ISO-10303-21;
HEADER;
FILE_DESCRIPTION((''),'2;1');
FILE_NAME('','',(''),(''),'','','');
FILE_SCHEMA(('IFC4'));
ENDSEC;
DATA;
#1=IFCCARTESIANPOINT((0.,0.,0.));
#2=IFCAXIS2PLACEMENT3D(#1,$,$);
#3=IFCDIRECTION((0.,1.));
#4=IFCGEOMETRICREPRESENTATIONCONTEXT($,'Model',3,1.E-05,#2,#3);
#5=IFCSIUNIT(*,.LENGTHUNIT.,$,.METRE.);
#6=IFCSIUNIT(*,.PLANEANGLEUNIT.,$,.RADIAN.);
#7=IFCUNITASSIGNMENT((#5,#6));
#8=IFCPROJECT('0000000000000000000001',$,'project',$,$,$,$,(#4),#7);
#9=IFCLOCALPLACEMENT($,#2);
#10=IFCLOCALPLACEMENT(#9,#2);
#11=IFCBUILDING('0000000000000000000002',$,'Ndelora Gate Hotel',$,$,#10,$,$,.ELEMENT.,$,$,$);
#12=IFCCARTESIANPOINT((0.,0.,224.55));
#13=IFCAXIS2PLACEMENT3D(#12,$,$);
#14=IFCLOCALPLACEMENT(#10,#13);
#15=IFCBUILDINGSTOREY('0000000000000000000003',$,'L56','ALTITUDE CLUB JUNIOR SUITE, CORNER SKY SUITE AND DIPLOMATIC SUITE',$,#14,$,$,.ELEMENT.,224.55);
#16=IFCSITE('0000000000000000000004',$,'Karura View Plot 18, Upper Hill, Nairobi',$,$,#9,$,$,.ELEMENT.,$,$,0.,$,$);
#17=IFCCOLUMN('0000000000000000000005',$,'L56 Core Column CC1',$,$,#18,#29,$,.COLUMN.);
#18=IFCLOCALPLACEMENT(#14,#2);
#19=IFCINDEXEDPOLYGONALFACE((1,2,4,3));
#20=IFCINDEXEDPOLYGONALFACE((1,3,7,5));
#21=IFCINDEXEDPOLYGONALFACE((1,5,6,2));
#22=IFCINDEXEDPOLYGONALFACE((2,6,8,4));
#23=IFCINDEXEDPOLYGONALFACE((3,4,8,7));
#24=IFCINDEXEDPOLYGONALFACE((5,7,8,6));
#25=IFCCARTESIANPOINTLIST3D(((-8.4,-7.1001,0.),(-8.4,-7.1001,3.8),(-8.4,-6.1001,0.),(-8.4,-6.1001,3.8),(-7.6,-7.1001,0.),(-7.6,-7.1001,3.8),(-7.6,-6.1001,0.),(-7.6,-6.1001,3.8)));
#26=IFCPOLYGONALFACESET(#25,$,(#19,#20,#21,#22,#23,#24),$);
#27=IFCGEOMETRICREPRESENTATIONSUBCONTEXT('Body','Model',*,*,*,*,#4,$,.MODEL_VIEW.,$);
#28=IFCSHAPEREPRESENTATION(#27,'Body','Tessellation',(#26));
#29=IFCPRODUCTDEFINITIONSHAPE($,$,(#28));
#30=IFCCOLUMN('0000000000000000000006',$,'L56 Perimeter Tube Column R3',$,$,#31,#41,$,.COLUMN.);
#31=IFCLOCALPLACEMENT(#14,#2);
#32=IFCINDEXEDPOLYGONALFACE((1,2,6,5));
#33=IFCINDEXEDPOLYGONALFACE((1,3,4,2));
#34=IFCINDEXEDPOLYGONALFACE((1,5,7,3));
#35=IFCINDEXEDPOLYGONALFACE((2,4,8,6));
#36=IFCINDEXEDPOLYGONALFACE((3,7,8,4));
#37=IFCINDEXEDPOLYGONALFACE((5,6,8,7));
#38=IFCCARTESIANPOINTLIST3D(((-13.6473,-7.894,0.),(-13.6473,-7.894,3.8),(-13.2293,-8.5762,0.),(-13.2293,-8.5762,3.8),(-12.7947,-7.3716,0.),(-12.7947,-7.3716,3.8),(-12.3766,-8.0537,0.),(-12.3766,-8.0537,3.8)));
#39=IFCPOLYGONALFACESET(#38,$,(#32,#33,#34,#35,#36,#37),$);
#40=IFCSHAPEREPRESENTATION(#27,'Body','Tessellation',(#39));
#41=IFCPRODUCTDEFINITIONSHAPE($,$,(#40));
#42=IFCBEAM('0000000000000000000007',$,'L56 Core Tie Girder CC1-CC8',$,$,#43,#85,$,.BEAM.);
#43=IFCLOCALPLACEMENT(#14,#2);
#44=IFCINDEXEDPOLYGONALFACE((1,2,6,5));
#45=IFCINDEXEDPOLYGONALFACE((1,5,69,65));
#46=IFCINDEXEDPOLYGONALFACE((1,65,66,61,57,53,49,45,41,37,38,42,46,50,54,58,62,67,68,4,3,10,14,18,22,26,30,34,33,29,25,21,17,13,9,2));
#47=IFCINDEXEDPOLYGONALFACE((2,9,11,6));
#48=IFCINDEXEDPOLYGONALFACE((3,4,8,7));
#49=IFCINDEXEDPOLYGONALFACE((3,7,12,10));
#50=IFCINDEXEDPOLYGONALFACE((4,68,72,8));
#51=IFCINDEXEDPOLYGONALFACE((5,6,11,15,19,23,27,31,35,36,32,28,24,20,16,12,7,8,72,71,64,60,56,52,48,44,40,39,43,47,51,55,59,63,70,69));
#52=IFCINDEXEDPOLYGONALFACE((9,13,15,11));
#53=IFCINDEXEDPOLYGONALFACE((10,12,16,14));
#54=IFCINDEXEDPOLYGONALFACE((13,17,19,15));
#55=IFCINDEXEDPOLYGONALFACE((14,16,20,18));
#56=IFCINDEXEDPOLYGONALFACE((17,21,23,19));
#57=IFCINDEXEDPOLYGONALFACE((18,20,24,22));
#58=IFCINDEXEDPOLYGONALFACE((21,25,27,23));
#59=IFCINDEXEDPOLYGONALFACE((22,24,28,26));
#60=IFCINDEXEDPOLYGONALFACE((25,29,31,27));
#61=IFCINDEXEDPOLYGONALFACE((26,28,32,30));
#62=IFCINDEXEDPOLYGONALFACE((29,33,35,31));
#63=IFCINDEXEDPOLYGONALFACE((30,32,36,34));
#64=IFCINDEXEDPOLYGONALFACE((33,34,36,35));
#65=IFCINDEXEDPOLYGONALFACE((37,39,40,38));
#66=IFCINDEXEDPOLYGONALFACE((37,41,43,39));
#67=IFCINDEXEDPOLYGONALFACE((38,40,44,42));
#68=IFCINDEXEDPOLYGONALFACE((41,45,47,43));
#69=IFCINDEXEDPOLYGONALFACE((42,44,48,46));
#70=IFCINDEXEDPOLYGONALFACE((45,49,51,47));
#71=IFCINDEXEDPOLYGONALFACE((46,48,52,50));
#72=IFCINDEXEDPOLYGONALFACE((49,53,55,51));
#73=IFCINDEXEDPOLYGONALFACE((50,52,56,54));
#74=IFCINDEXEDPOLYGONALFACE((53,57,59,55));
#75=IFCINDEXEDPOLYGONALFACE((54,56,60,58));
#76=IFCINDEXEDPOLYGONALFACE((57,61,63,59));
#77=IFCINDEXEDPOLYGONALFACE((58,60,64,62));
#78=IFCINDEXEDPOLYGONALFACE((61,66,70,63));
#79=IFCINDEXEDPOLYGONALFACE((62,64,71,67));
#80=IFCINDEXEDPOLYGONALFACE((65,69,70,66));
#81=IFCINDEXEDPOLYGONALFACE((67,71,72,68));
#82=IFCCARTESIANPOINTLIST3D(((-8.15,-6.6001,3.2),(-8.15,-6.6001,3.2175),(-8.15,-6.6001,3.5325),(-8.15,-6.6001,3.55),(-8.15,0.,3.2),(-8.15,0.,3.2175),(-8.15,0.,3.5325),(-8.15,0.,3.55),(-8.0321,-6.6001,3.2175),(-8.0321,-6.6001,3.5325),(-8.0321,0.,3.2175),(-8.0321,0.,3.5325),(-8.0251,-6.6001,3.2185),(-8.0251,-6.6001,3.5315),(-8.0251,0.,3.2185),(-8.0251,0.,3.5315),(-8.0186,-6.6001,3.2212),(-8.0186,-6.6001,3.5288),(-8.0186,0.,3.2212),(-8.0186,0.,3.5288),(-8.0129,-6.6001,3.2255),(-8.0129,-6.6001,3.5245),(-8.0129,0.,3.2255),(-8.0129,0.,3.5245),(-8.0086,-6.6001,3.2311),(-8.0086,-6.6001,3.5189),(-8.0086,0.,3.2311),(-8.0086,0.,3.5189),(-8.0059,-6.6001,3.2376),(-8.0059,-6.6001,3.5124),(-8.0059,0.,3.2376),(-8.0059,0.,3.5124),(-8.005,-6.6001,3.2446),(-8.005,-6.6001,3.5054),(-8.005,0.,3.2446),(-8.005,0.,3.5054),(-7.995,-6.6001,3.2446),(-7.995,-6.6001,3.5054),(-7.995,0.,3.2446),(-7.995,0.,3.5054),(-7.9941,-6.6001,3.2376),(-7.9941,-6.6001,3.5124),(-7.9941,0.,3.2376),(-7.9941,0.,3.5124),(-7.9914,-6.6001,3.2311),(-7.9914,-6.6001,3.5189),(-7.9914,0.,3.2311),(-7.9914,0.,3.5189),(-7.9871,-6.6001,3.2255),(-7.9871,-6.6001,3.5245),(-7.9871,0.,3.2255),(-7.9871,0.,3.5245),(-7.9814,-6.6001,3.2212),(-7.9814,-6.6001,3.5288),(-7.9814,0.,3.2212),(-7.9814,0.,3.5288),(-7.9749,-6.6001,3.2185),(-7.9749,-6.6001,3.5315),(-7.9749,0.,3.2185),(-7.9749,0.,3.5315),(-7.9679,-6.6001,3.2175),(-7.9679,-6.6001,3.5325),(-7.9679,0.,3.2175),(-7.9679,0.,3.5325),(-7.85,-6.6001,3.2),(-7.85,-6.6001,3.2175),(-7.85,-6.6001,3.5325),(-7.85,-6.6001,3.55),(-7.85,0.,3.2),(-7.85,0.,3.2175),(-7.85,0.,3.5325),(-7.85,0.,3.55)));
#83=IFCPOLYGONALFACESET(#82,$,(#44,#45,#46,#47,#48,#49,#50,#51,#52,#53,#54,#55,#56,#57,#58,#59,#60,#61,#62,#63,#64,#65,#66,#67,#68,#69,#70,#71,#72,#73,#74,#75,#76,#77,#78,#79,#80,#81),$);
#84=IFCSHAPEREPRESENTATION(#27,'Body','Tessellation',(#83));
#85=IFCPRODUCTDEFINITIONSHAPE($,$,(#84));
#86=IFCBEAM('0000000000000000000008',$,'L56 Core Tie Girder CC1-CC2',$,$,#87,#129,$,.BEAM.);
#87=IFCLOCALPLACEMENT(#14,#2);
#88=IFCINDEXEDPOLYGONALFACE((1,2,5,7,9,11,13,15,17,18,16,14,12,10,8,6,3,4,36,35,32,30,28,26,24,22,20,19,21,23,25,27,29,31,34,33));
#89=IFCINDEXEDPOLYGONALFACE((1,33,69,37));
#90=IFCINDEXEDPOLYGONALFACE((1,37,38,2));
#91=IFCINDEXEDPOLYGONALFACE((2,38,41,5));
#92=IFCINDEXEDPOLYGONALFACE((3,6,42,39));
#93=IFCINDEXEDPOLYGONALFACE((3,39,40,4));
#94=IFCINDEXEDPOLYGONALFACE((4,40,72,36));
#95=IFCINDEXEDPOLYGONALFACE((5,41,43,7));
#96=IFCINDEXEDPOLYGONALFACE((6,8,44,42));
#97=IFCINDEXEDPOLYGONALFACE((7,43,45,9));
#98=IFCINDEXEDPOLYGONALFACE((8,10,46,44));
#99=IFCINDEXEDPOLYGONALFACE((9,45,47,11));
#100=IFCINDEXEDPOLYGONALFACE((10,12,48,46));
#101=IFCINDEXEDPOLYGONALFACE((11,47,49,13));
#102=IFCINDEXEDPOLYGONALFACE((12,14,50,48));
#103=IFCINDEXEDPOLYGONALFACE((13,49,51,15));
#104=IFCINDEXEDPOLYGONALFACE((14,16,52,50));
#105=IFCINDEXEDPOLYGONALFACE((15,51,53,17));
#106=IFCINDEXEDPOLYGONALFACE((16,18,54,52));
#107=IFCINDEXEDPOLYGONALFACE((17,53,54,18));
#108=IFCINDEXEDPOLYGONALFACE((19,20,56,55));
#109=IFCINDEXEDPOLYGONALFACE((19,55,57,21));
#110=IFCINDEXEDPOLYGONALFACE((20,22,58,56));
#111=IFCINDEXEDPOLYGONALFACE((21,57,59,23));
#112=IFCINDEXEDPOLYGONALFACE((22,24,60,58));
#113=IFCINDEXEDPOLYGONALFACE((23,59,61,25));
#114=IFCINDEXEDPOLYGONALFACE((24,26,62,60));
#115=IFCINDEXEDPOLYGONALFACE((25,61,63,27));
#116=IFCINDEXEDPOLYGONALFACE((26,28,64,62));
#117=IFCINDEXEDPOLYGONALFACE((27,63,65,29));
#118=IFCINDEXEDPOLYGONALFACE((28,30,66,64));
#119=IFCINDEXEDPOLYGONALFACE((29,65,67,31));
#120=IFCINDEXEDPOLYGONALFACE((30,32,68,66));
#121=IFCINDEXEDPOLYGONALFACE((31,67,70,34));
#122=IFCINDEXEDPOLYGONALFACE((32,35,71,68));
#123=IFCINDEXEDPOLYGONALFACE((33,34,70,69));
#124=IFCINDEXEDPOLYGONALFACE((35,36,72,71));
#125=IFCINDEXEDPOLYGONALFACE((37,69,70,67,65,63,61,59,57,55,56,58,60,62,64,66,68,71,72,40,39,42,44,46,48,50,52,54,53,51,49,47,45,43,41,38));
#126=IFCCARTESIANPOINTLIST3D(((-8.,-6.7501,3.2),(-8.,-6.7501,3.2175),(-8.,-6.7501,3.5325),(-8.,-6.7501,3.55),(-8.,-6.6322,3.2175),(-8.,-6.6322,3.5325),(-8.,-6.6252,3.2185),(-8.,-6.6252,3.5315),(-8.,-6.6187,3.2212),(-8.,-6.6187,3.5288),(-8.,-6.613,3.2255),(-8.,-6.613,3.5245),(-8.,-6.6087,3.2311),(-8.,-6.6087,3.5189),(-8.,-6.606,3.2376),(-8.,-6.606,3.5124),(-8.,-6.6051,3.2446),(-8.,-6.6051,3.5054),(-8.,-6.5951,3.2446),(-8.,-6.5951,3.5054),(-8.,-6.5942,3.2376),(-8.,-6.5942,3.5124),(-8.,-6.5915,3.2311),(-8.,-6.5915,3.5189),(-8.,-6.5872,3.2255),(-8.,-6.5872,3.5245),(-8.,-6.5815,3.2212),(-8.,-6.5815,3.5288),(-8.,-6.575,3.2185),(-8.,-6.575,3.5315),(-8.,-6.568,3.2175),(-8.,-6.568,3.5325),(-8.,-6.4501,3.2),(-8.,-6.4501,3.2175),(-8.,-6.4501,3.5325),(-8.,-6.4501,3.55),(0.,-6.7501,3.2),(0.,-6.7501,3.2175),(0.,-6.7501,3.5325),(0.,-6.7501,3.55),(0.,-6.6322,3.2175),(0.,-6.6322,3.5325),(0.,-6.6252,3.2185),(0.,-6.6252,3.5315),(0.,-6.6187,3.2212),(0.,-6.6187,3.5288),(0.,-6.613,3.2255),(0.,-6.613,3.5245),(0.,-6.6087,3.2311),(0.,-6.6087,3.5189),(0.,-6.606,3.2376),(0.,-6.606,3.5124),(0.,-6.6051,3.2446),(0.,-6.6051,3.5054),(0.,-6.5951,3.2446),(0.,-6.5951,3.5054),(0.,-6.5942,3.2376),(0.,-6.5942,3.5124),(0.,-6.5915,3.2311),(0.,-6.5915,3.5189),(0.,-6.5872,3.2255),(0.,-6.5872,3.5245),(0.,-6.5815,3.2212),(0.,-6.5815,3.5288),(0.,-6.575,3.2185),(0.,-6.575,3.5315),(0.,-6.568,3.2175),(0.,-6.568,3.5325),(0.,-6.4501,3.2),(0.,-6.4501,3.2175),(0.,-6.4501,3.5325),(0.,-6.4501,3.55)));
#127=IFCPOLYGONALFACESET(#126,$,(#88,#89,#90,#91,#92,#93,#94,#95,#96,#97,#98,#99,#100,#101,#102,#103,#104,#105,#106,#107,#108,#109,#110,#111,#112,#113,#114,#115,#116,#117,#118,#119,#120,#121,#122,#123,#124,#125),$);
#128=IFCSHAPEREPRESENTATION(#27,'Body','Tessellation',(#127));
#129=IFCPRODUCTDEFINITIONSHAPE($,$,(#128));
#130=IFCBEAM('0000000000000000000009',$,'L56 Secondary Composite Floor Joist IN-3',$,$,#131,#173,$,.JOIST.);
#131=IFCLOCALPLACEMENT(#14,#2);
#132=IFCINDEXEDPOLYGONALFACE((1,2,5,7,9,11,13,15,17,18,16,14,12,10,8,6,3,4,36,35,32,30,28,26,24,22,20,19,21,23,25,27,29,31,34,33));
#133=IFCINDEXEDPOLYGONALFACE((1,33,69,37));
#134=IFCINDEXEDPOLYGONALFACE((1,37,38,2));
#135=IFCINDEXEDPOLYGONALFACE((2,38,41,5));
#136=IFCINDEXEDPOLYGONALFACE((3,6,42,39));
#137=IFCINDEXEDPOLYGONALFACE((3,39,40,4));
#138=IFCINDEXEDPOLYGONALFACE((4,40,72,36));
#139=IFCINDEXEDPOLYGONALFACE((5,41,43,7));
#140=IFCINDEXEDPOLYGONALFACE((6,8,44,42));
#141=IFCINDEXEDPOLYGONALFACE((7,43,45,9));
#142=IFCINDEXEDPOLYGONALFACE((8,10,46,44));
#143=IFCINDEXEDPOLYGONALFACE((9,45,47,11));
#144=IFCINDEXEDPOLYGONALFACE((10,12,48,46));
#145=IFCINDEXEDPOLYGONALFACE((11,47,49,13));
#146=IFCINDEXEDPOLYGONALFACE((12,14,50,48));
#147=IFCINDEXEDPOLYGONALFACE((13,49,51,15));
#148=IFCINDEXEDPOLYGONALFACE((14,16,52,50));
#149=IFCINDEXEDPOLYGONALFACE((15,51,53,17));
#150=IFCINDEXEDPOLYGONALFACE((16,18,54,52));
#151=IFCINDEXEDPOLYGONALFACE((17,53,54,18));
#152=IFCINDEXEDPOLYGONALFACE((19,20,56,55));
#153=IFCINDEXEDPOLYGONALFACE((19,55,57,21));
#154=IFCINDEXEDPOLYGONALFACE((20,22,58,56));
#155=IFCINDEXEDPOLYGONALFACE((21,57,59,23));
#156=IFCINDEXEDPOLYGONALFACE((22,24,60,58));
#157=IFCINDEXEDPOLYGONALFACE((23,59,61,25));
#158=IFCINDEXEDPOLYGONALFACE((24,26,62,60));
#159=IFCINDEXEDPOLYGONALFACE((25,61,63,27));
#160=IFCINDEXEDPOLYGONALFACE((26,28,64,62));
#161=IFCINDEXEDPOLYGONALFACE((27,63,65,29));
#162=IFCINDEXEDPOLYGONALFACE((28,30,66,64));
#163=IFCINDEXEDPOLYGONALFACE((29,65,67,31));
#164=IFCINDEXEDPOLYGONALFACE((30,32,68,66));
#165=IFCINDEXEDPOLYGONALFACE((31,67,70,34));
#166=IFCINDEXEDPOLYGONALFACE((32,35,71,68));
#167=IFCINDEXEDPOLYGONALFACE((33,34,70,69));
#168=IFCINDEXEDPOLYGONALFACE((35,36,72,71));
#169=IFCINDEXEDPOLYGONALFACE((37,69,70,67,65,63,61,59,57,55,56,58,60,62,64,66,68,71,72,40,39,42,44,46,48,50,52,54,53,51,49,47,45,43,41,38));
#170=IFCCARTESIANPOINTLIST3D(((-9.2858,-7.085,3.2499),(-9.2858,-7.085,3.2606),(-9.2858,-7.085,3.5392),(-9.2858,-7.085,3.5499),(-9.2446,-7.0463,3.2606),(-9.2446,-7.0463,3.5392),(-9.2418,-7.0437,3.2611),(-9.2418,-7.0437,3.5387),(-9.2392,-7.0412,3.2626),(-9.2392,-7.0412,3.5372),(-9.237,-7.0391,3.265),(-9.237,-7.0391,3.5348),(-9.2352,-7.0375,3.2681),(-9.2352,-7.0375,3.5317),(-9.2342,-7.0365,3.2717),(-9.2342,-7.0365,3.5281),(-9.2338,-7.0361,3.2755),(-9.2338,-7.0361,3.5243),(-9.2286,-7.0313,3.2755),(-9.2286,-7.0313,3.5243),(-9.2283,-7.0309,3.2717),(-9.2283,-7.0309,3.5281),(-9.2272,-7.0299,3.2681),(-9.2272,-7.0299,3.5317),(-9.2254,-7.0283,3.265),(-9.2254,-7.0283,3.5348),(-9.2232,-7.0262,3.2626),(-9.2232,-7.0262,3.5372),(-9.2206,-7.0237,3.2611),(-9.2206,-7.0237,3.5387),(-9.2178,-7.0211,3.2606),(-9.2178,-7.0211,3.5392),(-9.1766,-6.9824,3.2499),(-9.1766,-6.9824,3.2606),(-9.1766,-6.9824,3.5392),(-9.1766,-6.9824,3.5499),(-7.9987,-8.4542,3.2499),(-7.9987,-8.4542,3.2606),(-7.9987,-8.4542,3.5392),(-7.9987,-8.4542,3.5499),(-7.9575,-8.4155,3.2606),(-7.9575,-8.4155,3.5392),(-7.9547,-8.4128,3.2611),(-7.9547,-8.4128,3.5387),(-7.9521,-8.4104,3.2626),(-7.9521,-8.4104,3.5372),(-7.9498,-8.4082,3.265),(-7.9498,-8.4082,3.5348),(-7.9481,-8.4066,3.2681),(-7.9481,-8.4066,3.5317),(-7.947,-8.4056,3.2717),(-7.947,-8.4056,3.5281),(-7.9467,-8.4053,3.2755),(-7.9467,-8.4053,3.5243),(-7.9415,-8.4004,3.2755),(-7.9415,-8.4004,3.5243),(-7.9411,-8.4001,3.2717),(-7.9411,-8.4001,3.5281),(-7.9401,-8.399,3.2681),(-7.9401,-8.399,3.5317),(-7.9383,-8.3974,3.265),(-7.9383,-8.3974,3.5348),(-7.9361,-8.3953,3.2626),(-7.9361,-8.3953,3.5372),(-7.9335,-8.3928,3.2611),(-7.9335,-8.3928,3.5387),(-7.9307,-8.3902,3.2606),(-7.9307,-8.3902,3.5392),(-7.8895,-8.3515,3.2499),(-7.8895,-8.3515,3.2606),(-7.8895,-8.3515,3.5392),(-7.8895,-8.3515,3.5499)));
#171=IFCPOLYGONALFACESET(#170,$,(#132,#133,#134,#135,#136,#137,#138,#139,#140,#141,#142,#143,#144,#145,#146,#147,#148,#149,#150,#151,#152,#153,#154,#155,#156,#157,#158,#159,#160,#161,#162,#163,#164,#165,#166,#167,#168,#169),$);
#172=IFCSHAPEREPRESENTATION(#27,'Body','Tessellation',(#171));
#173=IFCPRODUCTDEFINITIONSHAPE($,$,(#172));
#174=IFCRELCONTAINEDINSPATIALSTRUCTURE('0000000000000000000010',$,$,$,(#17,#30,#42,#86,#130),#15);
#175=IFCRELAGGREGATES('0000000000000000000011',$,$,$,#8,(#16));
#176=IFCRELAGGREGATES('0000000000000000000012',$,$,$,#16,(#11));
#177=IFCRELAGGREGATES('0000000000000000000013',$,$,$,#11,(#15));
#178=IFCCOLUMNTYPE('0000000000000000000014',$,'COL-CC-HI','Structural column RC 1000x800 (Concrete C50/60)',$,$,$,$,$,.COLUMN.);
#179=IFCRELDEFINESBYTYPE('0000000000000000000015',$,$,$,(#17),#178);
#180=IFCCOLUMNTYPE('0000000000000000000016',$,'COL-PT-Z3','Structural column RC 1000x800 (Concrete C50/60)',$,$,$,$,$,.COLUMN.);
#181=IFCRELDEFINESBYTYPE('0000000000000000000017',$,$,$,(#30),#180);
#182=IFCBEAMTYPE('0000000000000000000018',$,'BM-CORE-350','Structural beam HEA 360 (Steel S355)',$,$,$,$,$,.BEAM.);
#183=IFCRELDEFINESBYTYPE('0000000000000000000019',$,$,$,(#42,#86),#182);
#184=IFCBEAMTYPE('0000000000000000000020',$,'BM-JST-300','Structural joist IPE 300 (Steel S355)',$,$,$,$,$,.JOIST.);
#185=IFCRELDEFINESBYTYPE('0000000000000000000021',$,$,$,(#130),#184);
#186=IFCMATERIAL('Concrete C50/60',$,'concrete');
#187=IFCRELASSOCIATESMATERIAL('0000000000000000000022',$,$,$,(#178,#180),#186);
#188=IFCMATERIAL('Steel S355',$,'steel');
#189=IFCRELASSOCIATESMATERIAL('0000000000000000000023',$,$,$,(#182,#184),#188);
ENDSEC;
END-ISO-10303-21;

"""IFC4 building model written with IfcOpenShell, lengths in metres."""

from ifc_helpers import new_model, si_unit, direction, frame, origin, origin_2d, place, context, subcontext, project, spatial, rectangle, i_section, extrude, material, material_profile, profile_set, type_object, element, save


model = new_model("IFC4")

# Units and contexts
model_context = context("Model", 3, precision=1e-05, world=origin(), true_north=direction((0.0, 1.0)))
body_context = subcontext(model_context, "Body", "Model", "MODEL_VIEW")
ifc_project = project(units=[si_unit("LENGTHUNIT", "METRE"), si_unit("PLANEANGLEUNIT", "RADIAN")], contexts=[model_context])

# Site, building, storey
site_placement = place(None, origin())
site = spatial("IfcSite", under=ifc_project, at=site_placement, Name="Karura View Plot 18, Upper Hill, Nairobi", CompositionType="ELEMENT", RefElevation=0.0)
building_placement = place(site_placement, origin())
building = spatial("IfcBuilding", under=site, at=building_placement, Name="Ndelora Gate Hotel", CompositionType="ELEMENT")
storey_placement = place(building_placement, frame((0.0, 0.0, 224.55)))
storey = spatial("IfcBuildingStorey", under=building, at=storey_placement, Name="L56", Description="ALTITUDE CLUB JUNIOR SUITE, CORNER SKY SUITE AND DIPLOMATIC SUITE", CompositionType="ELEMENT", Elevation=224.55)

# Columns
ifc_material_1 = material(Name="Concrete C50/60", Category="concrete")
ifc_material_profile_1 = material_profile(ifc_material_1, rectangle(XDim=0.8, YDim=1.0, at=origin_2d()), Name="RC 1000x800")
ifc_profile_set_1 = profile_set([ifc_material_profile_1], Name="Concrete C50/60")
column_type_1 = type_object("IfcColumnType", Name="COL-CC-HI", Description="Structural column RC 1000x800 (Concrete C50/60)", PredefinedType="COLUMN", material=ifc_profile_set_1)
column_1_placement = place(storey_placement, frame((-8.0, -6.6001, 0.0), z_axis=(0.0, 0.0, 1.0), x_axis=(1.0, 0.0, 0.0)))
element("IfcColumn", 1, at=column_1_placement, inside=storey, type_object=column_type_1, Name="L56 Core Column CC1", PredefinedType="COLUMN", context=body_context, shape_type="SweptSolid", body=[
    extrude(rectangle(XDim=0.8, YDim=1.0, at=origin_2d()), origin(), (0.0, 0.0, 1.0), 3.8),
])
ifc_material_profile_2 = material_profile(ifc_material_1, rectangle(XDim=0.8, YDim=1.0, at=origin_2d()), Name="RC 1000x800")
ifc_profile_set_2 = profile_set([ifc_material_profile_2], Name="Concrete C50/60")
column_type_2 = type_object("IfcColumnType", Name="COL-PT-Z3", Description="Structural column RC 1000x800 (Concrete C50/60)", PredefinedType="COLUMN", material=ifc_profile_set_2)
column_2_placement = place(storey_placement, frame((-13.012, -7.9739, 0.0), z_axis=(0.0, 0.0, 1.0), x_axis=(-0.522499, 0.85264, 0.0)))
element("IfcColumn", 2, at=column_2_placement, inside=storey, type_object=column_type_2, Name="L56 Perimeter Tube Column R3", PredefinedType="COLUMN", context=body_context, shape_type="SweptSolid", body=[
    extrude(rectangle(XDim=0.8, YDim=1.0, at=origin_2d()), origin(), (0.0, 0.0, 1.0), 3.8),
])

# Beams
ifc_material_2 = material(Name="Steel S355", Category="steel")
ifc_material_profile_3 = material_profile(ifc_material_2, i_section(OverallWidth=0.3, OverallDepth=0.3501, WebThickness=0.01, FlangeThickness=0.0176, FilletRadius=0.0271, at=origin_2d()), Name="HEA 360")
ifc_profile_set_3 = profile_set([ifc_material_profile_3], Name="Steel S355")
beam_type_1 = type_object("IfcBeamType", Name="BM-CORE-350", Description="Structural beam HEA 360 (Steel S355)", PredefinedType="BEAM", material=ifc_profile_set_3)
beam_1_placement = place(storey_placement, frame((-8.0, -6.6001, 3.375), z_axis=(0.0, 1.0, 0.0), x_axis=(-1.0, 0.0, 0.0)))
element("IfcBeam", 3, at=beam_1_placement, inside=storey, type_object=beam_type_1, Name="L56 Core Tie Girder CC1-CC8", PredefinedType="BEAM", context=body_context, shape_type="SweptSolid", body=[
    extrude(i_section(OverallWidth=0.3, OverallDepth=0.3501, WebThickness=0.01, FlangeThickness=0.0176, FilletRadius=0.0271, at=origin_2d()), origin(), (0.0, 0.0, 1.0), 6.6001),
])
beam_2_placement = place(storey_placement, frame((-8.0, -6.6001, 3.375), z_axis=(1.0, 0.0, 0.0), x_axis=(0.0, 1.0, 0.0)))
element("IfcBeam", 4, at=beam_2_placement, inside=storey, type_object=beam_type_1, Name="L56 Core Tie Girder CC1-CC2", PredefinedType="BEAM", context=body_context, shape_type="SweptSolid", body=[
    extrude(i_section(OverallWidth=0.3, OverallDepth=0.3501, WebThickness=0.01, FlangeThickness=0.0176, FilletRadius=0.0271, at=origin_2d()), origin(), (0.0, 0.0, 1.0), 8.0),
])
ifc_material_profile_4 = material_profile(ifc_material_2, i_section(OverallWidth=0.1499, OverallDepth=0.3, WebThickness=0.0071, FlangeThickness=0.0107, FilletRadius=0.0149, at=origin_2d()), Name="IPE 300")
ifc_profile_set_4 = profile_set([ifc_material_profile_4], Name="Steel S355")
beam_type_2 = type_object("IfcBeamType", Name="BM-JST-300", Description="Structural joist IPE 300 (Steel S355)", PredefinedType="JOIST", material=ifc_profile_set_4)
beam_3_placement = place(storey_placement, frame((-9.2312, -7.0337, 3.3999), z_axis=(0.684943, -0.728597, 0.0), x_axis=(0.728597, 0.684943, 0.0)))
element("IfcBeam", 5, at=beam_3_placement, inside=storey, type_object=beam_type_2, Name="L56 Secondary Composite Floor Joist IN-3", PredefinedType="JOIST", context=body_context, shape_type="SweptSolid", body=[
    extrude(i_section(OverallWidth=0.1499, OverallDepth=0.3, WebThickness=0.0071, FlangeThickness=0.0107, FilletRadius=0.0149, at=origin_2d()), origin(), (0.0, 0.0, 1.0), 1.8792),
])

save(model, "model.ifc")
